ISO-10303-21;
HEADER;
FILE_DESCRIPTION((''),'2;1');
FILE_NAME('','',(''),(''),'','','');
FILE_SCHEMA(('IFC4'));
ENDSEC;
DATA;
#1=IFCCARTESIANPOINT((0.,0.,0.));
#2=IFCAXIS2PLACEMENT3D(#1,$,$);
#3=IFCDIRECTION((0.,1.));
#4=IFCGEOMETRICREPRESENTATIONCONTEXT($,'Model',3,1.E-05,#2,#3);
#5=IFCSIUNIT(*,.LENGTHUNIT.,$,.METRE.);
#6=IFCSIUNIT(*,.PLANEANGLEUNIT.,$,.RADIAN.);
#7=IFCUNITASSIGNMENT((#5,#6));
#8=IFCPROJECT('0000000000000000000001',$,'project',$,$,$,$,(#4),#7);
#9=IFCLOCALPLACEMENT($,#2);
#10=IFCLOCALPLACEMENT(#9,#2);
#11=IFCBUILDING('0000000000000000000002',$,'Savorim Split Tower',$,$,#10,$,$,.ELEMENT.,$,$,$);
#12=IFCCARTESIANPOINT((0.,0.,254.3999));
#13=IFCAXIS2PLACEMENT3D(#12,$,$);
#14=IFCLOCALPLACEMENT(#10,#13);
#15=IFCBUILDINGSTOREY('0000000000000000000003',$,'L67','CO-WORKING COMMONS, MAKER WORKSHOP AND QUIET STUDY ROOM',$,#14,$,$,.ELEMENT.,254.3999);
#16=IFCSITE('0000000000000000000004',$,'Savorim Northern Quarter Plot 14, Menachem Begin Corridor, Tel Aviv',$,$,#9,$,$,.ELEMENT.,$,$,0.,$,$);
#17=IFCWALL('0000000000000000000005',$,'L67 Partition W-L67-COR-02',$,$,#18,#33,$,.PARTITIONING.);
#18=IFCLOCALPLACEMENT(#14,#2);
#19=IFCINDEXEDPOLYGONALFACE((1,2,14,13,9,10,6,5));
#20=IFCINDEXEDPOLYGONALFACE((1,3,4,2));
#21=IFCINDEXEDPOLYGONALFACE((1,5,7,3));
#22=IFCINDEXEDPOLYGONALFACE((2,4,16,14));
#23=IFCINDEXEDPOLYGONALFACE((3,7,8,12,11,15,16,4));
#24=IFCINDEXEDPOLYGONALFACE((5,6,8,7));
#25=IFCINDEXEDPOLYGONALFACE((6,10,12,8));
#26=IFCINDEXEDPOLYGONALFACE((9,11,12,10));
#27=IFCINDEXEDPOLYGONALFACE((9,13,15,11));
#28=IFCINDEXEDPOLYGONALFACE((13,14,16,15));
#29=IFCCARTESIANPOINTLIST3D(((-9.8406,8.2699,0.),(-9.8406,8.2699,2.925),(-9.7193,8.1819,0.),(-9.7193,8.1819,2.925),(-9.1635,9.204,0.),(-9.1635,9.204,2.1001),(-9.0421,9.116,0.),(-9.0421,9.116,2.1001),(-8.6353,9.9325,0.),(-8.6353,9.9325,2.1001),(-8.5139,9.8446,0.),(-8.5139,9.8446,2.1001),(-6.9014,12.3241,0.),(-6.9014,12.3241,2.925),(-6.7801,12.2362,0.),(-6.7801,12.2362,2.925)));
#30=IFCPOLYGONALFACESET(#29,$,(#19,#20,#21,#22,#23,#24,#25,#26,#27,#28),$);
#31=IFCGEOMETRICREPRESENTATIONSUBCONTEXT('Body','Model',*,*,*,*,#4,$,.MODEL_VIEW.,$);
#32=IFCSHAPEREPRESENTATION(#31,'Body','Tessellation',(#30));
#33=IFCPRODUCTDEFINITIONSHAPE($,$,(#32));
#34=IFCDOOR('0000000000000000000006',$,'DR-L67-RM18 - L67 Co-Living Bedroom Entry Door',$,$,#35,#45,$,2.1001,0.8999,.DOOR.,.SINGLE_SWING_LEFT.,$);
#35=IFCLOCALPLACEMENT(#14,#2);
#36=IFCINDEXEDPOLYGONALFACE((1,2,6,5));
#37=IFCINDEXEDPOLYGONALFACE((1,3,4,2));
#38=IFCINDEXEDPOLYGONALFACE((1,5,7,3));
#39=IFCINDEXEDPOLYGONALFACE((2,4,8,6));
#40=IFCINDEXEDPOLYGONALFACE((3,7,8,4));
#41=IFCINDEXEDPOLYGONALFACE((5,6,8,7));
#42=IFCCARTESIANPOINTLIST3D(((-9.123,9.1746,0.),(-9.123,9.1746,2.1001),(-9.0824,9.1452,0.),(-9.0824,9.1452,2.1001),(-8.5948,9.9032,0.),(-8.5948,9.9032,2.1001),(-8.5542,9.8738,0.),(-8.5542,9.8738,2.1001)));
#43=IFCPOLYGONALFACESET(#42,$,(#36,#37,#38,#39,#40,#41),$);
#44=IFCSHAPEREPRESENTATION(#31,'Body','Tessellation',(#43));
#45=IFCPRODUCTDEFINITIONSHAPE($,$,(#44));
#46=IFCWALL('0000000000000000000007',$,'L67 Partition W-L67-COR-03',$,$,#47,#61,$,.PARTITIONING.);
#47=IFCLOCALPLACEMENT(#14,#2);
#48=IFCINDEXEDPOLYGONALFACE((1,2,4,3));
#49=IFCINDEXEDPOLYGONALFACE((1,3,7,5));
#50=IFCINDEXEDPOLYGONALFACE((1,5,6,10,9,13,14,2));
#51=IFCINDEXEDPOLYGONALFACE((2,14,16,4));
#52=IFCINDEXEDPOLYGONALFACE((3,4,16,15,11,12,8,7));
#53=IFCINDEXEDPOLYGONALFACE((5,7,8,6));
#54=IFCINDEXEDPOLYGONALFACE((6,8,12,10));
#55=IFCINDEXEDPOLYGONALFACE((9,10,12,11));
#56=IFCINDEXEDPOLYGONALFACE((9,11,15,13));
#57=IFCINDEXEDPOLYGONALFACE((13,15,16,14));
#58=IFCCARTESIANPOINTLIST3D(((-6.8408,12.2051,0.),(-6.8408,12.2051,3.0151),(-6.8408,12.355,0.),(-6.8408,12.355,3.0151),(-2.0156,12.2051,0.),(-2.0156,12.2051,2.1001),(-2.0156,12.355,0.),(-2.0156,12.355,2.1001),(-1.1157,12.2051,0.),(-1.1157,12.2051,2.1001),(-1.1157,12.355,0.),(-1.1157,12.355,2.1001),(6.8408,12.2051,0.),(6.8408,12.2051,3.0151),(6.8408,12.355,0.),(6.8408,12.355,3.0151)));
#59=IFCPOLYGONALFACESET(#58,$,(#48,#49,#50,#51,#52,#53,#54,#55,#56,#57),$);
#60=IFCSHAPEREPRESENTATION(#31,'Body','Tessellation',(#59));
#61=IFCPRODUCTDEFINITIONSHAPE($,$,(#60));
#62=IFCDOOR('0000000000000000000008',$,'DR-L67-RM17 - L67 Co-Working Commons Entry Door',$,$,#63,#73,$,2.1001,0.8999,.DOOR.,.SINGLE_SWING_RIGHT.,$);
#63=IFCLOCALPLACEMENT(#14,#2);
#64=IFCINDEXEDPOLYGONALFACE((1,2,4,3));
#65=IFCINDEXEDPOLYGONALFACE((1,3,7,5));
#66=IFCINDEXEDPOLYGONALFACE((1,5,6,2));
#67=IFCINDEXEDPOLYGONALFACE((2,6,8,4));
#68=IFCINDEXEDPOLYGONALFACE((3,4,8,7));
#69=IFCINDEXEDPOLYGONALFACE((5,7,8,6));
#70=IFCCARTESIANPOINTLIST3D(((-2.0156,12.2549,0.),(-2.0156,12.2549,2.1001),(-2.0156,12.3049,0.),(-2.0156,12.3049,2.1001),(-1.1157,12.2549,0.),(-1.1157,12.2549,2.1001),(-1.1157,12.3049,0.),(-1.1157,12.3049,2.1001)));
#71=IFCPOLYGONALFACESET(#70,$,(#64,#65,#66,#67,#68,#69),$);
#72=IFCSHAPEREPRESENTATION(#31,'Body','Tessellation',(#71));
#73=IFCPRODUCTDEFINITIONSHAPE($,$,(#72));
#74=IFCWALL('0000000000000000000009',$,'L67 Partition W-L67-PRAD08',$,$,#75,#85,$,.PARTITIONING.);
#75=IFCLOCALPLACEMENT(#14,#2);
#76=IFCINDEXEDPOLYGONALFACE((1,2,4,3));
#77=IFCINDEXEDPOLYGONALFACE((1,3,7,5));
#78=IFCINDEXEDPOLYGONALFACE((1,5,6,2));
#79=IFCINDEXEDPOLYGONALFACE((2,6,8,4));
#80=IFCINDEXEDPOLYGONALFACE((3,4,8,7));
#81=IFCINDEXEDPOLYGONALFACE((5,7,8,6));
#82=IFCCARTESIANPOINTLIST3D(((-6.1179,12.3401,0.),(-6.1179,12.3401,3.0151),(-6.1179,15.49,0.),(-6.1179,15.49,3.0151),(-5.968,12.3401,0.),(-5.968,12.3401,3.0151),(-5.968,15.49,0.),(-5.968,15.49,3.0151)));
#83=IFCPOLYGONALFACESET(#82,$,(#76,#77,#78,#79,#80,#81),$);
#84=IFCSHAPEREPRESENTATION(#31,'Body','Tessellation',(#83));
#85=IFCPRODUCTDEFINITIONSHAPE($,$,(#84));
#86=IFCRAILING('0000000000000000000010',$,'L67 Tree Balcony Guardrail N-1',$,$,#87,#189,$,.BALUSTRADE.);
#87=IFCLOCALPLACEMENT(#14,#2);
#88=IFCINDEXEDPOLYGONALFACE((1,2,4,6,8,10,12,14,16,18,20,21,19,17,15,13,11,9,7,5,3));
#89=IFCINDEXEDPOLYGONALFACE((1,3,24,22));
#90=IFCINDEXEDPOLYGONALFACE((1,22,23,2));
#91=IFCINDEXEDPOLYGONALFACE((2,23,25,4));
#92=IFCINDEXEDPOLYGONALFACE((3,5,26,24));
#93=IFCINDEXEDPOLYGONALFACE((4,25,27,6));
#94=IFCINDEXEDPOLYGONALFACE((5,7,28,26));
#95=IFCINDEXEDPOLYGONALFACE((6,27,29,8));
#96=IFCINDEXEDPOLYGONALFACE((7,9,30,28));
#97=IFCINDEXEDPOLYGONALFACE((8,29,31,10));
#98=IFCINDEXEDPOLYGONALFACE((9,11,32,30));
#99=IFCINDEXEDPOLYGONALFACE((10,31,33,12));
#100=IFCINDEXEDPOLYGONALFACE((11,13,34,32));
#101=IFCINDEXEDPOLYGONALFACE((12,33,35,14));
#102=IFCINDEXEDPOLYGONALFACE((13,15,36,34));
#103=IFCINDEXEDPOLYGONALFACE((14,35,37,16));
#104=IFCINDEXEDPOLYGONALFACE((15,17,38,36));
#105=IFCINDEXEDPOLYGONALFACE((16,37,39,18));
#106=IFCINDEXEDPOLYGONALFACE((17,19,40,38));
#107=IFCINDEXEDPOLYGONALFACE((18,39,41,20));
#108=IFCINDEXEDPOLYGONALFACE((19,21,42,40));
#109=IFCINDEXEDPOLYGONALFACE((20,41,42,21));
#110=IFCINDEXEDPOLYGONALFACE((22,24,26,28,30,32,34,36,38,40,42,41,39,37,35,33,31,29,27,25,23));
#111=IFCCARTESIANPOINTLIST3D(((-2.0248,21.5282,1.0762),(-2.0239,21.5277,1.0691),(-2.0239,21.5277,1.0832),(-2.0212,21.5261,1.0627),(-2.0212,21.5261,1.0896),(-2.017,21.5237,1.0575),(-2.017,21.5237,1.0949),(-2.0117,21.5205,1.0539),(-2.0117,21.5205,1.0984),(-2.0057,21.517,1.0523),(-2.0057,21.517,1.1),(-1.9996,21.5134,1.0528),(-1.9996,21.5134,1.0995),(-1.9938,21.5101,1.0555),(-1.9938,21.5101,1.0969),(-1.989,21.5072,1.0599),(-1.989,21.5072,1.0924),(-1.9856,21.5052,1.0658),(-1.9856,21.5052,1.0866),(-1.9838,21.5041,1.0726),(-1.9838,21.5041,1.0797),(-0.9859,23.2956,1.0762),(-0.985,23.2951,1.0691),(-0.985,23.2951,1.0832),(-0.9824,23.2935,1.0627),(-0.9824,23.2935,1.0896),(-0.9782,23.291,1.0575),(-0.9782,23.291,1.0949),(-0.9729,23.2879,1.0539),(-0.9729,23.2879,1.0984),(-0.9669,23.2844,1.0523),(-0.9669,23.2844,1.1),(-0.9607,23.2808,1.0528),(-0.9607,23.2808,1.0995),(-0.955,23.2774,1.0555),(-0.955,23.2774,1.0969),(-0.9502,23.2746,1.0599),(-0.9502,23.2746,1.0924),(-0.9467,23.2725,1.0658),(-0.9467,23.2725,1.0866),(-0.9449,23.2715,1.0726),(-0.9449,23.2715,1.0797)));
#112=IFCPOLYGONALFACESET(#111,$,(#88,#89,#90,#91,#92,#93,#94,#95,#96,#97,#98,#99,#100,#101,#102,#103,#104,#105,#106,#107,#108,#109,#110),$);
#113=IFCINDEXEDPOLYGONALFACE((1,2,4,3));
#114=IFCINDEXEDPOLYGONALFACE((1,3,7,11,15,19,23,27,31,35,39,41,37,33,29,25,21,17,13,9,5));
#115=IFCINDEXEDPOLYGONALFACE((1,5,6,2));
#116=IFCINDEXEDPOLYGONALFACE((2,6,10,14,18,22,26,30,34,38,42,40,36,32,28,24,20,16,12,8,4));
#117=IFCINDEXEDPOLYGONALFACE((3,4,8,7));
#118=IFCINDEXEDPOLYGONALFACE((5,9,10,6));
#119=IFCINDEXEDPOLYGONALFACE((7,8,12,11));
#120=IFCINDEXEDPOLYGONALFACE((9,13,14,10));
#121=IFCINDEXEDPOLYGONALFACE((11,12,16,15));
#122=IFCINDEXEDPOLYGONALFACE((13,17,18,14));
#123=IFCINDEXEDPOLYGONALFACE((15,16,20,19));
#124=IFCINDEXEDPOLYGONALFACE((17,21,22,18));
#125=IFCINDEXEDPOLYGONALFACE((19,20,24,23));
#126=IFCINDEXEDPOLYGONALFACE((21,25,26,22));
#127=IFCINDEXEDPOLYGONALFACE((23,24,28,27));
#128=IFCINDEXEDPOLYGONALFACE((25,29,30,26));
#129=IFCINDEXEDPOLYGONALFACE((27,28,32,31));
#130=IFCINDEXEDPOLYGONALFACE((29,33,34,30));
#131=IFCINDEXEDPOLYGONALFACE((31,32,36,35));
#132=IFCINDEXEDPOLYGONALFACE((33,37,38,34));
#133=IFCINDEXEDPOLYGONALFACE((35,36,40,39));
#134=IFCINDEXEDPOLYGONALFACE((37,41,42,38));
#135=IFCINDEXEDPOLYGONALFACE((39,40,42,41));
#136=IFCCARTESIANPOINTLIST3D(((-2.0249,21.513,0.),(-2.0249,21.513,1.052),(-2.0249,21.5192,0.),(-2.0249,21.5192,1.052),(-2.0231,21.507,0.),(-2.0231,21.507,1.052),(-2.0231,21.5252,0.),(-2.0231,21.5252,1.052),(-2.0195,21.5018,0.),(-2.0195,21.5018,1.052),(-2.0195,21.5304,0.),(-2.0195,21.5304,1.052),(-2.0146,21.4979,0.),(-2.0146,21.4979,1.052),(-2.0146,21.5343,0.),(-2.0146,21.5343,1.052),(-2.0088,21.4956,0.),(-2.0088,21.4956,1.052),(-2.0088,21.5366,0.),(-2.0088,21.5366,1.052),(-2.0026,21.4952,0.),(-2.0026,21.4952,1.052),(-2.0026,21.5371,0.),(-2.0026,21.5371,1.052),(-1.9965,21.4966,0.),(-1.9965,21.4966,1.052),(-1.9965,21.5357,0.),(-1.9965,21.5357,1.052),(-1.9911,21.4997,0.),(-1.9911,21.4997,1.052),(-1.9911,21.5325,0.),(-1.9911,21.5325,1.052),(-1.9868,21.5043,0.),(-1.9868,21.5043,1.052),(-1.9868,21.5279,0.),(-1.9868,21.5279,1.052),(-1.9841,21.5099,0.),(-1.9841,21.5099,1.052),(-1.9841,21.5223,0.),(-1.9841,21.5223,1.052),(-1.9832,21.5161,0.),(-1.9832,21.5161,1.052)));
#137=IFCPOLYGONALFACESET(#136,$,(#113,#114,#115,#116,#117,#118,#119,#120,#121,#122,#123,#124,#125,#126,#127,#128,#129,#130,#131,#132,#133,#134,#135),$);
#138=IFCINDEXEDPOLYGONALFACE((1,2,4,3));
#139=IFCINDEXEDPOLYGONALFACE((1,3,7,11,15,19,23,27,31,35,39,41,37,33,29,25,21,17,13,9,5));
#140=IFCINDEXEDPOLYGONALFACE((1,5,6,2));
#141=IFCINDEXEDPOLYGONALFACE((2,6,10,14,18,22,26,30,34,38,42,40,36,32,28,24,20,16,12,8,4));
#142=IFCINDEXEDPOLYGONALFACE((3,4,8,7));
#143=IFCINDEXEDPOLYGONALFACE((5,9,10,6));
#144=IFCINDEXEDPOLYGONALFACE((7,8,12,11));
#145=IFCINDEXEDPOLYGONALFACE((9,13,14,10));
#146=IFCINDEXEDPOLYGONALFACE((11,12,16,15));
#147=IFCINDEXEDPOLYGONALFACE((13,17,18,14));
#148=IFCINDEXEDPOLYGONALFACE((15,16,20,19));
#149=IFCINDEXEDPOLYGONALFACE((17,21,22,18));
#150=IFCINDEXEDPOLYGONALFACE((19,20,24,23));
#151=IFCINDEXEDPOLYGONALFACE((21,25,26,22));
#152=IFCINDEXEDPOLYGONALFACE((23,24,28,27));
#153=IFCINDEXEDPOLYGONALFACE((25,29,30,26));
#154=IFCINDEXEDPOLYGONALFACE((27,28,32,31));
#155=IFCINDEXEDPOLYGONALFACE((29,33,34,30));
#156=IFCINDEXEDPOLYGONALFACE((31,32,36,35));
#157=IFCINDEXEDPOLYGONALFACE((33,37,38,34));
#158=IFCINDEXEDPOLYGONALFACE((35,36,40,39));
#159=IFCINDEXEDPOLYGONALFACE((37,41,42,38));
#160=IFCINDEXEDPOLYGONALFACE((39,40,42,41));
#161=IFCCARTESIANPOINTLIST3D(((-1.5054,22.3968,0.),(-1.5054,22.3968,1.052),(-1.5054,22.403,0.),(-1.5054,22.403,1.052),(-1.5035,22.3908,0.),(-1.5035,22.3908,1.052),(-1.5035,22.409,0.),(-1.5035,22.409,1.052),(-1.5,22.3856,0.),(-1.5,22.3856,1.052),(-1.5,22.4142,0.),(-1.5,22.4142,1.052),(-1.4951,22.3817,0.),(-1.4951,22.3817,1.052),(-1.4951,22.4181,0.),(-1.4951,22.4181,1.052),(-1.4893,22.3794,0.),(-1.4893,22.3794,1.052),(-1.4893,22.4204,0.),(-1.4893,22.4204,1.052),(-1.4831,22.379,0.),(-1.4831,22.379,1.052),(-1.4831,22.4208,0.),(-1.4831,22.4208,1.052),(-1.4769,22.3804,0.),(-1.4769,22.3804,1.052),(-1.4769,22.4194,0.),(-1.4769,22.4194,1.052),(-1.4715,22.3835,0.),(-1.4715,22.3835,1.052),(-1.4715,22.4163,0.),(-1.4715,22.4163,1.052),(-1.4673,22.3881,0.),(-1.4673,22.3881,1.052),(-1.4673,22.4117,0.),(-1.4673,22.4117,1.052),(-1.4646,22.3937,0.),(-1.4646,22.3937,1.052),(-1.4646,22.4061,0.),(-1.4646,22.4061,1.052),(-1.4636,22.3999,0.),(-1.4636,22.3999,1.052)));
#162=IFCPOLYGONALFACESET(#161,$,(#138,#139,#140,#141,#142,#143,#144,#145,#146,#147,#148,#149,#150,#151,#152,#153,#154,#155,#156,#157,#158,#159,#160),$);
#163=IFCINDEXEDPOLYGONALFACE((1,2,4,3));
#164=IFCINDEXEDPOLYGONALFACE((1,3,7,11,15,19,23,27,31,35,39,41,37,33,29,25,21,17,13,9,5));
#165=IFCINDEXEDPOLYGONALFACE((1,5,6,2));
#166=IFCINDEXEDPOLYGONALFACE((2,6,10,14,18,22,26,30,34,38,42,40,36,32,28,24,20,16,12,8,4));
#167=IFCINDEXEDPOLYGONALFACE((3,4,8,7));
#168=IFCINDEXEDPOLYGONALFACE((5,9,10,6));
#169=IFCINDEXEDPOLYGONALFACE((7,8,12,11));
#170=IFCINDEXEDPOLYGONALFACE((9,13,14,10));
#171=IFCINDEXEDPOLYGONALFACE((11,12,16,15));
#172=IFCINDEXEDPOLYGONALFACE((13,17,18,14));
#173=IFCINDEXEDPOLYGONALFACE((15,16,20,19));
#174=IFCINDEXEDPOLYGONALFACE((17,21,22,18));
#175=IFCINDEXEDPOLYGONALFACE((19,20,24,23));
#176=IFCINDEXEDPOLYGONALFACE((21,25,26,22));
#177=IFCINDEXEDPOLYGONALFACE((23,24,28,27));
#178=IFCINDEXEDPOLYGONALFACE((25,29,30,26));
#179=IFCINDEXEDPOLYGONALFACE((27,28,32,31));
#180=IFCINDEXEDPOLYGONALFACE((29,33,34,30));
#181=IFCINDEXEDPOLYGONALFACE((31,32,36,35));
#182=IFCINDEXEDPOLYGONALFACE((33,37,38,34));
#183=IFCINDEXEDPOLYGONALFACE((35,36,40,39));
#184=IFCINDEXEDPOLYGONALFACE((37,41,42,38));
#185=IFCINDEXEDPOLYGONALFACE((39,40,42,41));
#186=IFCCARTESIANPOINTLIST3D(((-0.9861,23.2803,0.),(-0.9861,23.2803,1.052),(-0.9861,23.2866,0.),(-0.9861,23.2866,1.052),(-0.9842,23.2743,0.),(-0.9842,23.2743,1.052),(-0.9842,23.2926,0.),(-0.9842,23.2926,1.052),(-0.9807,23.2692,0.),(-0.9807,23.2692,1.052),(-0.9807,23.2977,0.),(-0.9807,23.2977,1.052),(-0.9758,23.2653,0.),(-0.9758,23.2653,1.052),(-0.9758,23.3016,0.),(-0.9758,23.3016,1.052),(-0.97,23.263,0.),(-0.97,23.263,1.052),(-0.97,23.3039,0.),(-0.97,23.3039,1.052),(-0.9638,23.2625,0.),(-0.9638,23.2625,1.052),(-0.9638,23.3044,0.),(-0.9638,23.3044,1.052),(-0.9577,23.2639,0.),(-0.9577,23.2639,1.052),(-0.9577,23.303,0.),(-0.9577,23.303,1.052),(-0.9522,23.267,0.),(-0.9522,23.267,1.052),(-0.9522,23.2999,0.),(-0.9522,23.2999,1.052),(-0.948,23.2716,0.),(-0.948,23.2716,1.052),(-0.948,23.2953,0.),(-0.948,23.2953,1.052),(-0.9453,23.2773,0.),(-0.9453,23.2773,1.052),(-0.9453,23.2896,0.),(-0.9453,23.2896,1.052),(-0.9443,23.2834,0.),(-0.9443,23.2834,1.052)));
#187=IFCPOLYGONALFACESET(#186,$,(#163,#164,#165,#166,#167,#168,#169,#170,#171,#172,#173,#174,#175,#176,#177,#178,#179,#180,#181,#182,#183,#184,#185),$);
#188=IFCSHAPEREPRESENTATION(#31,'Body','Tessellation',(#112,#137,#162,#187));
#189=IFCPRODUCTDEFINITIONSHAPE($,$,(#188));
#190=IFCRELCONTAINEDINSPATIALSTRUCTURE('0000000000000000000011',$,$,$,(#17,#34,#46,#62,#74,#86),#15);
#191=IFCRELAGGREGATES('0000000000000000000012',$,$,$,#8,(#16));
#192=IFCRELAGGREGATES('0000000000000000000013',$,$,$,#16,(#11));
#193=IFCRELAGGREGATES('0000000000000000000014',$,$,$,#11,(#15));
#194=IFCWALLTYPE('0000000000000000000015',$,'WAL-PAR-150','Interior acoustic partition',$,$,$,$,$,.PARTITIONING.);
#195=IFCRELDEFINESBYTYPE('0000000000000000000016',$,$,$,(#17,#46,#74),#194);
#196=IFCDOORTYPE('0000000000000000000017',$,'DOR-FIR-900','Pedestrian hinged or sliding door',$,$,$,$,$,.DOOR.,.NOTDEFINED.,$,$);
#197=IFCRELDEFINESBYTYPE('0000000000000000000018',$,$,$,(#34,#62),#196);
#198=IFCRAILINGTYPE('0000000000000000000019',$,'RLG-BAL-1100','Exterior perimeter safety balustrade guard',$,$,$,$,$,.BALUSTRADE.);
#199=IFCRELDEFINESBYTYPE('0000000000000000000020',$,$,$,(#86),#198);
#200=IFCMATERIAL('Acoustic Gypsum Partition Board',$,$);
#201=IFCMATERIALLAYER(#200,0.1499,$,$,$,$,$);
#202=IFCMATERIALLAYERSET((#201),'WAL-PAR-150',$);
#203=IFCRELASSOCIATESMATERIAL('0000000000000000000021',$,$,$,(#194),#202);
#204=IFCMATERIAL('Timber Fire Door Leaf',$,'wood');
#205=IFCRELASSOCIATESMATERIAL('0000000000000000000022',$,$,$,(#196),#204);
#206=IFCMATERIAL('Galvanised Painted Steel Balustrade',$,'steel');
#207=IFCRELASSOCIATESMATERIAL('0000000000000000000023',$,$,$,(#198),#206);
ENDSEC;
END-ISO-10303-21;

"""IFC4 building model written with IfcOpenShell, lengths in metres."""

from ifc_helpers import new_model, si_unit, direction, frame, frame_2d, origin, origin_2d, place, context, subcontext, project, spatial, rectangle, circle, extrude, material, layer, layer_set, type_object, element, fill, save


model = new_model("IFC4")

# Units and contexts
model_context = context("Model", 3, precision=1e-05, world=origin(), true_north=direction((0.0, 1.0)))
body_context = subcontext(model_context, "Body", "Model", "MODEL_VIEW")
ifc_project = project(units=[si_unit("LENGTHUNIT", "METRE"), si_unit("PLANEANGLEUNIT", "RADIAN")], contexts=[model_context])

# Site, building, storey
site_placement = place(None, origin())
site = spatial("IfcSite", under=ifc_project, at=site_placement, Name="Savorim Northern Quarter Plot 14, Menachem Begin Corridor, Tel Aviv", CompositionType="ELEMENT", RefElevation=0.0)
building_placement = place(site_placement, origin())
building = spatial("IfcBuilding", under=site, at=building_placement, Name="Savorim Split Tower", CompositionType="ELEMENT")
storey_placement = place(building_placement, frame((0.0, 0.0, 254.3999)))
storey = spatial("IfcBuildingStorey", under=building, at=storey_placement, Name="L67", Description="CO-WORKING COMMONS, MAKER WORKSHOP AND QUIET STUDY ROOM", CompositionType="ELEMENT", Elevation=254.3999)

# Shared definitions
ifc_material_1 = material(Name="Acoustic Gypsum Partition Board")
ifc_layer_1 = layer(ifc_material_1, 0.1499)
ifc_layer_set_1 = layer_set([ifc_layer_1], Name="WAL-PAR-150")
wall_type_1 = type_object("IfcWallType", Name="WAL-PAR-150", Description="Interior acoustic partition", PredefinedType="PARTITIONING", material=ifc_layer_set_1)

# Walls, openings, doors
wall_1_placement = place(storey_placement, frame((-9.78, 8.2258, 0.0), z_axis=(0.0, 0.0, 1.0), x_axis=(0.586956, 0.809619, 0.0)))
wall_1 = element("IfcWall", 1, at=wall_1_placement, inside=storey, type_object=wall_type_1, Name="L67 Partition W-L67-COR-02", PredefinedType="PARTITIONING", context=body_context, shape_type="SweptSolid", body=[
    extrude(rectangle(XDim=5.0076, YDim=0.1499, at=frame_2d((2.5039, 0.0))), origin(), (0.0, 0.0, 1.0), 2.925),
])
opening_1_placement = place(wall_1_placement, frame((1.1538, 0.0, 0.0)))
opening_1 = element("IfcOpeningElement", 2, at=opening_1_placement, cuts=wall_1, PredefinedType="OPENING", context=body_context, shape_type="SweptSolid", body=[
    extrude(rectangle(XDim=0.8999, YDim=2.1001, at=frame_2d((0.45, 1.05))), frame((0.0, 0.085, 0.0), z_axis=(0.0, -1.0, 0.0), x_axis=(1.0, 0.0, 0.0)), (0.0, 0.0, 1.0), 0.1699),
])
ifc_material_2 = material(Name="Timber Fire Door Leaf", Category="wood")
door_type_1 = type_object("IfcDoorType", Name="DOR-FIR-900", Description="Pedestrian hinged or sliding door", OperationType="NOTDEFINED", PredefinedType="DOOR", material=ifc_material_2)
door_1_placement = place(opening_1_placement, origin())
door_1 = element("IfcDoor", 3, at=door_1_placement, inside=storey, type_object=door_type_1, Name="DR-L67-RM18 - L67 Co-Living Bedroom Entry Door", OperationType="SINGLE_SWING_LEFT", OverallHeight=2.1001, OverallWidth=0.8999, PredefinedType="DOOR", context=body_context, shape_type="SweptSolid", body=[
    extrude(rectangle(XDim=0.8999, YDim=2.1001, at=frame_2d((0.45, 1.05))), frame((0.0, 0.0249, 0.0), z_axis=(0.0, -1.0, 0.0), x_axis=(1.0, 0.0, 0.0)), (0.0, 0.0, 1.0), 0.05),
])
fill(opening_1, door_1)
wall_2_placement = place(storey_placement, frame((-6.8408, 12.28, 0.0), z_axis=(0.0, 0.0, 1.0), x_axis=(1.0, 0.0, 0.0)))
wall_2 = element("IfcWall", 4, at=wall_2_placement, inside=storey, type_object=wall_type_1, Name="L67 Partition W-L67-COR-03", PredefinedType="PARTITIONING", context=body_context, shape_type="SweptSolid", body=[
    extrude(rectangle(XDim=13.6816, YDim=0.1499, at=frame_2d((6.8408, 0.0))), origin(), (0.0, 0.0, 1.0), 3.0151),
])
opening_2_placement = place(wall_2_placement, frame((4.8252, 0.0, 0.0)))
opening_2 = element("IfcOpeningElement", 5, at=opening_2_placement, cuts=wall_2, PredefinedType="OPENING", context=body_context, shape_type="SweptSolid", body=[
    extrude(rectangle(XDim=0.8999, YDim=2.1001, at=frame_2d((0.45, 1.05))), frame((0.0, 0.085, 0.0), z_axis=(0.0, -1.0, 0.0), x_axis=(1.0, 0.0, 0.0)), (0.0, 0.0, 1.0), 0.1699),
])
door_2_placement = place(opening_2_placement, origin())
door_2 = element("IfcDoor", 6, at=door_2_placement, inside=storey, type_object=door_type_1, Name="DR-L67-RM17 - L67 Co-Working Commons Entry Door", OperationType="SINGLE_SWING_RIGHT", OverallHeight=2.1001, OverallWidth=0.8999, PredefinedType="DOOR", context=body_context, shape_type="SweptSolid", body=[
    extrude(rectangle(XDim=0.8999, YDim=2.1001, at=frame_2d((0.45, 1.05))), frame((0.0, 0.0249, 0.0), z_axis=(0.0, -1.0, 0.0), x_axis=(1.0, 0.0, 0.0)), (0.0, 0.0, 1.0), 0.05),
])
fill(opening_2, door_2)

# Wall
wall_3_placement = place(storey_placement, frame((-6.043, 12.3401, 0.0), z_axis=(0.0, 0.0, 1.0), x_axis=(0.0, 1.0, 0.0)))
element("IfcWall", 7, at=wall_3_placement, inside=storey, type_object=wall_type_1, Name="L67 Partition W-L67-PRAD08", PredefinedType="PARTITIONING", context=body_context, shape_type="SweptSolid", body=[
    extrude(rectangle(XDim=3.1499, YDim=0.1499, at=frame_2d((1.575, 0.0))), origin(), (0.0, 0.0, 1.0), 3.0151),
])

# Railing
ifc_material_3 = material(Name="Galvanised Painted Steel Balustrade", Category="steel")
railing_type = type_object("IfcRailingType", Name="RLG-BAL-1100", Description="Exterior perimeter safety balustrade guard", PredefinedType="BALUSTRADE", material=ifc_material_3)
railing_1_placement = place(storey_placement, frame((-2.0042, 21.5161, 0.0)))
element("IfcRailing", 8, at=railing_1_placement, inside=storey, type_object=railing_type, Name="L67 Tree Balcony Guardrail N-1", PredefinedType="BALUSTRADE", context=body_context, shape_type="SweptSolid", body=[
    extrude(circle(Radius=0.0239, at=origin_2d()), frame((0.0, 0.0, 1.0762), z_axis=(0.506734, 0.862103, 0.0), x_axis=(-0.862103, 0.506734, 0.0)), (0.0, 0.0, 1.0), 2.05),
    extrude(circle(Radius=0.021, at=origin_2d()), origin(), (0.0, 0.0, 1.0), 1.052),
    extrude(circle(Radius=0.021, at=origin_2d()), frame((0.5195, 0.8838, 0.0)), (0.0, 0.0, 1.0), 1.052),
    extrude(circle(Radius=0.021, at=origin_2d()), frame((1.0388, 1.7673, 0.0)), (0.0, 0.0, 1.0), 1.052),
])

save(model, "model.ifc")
